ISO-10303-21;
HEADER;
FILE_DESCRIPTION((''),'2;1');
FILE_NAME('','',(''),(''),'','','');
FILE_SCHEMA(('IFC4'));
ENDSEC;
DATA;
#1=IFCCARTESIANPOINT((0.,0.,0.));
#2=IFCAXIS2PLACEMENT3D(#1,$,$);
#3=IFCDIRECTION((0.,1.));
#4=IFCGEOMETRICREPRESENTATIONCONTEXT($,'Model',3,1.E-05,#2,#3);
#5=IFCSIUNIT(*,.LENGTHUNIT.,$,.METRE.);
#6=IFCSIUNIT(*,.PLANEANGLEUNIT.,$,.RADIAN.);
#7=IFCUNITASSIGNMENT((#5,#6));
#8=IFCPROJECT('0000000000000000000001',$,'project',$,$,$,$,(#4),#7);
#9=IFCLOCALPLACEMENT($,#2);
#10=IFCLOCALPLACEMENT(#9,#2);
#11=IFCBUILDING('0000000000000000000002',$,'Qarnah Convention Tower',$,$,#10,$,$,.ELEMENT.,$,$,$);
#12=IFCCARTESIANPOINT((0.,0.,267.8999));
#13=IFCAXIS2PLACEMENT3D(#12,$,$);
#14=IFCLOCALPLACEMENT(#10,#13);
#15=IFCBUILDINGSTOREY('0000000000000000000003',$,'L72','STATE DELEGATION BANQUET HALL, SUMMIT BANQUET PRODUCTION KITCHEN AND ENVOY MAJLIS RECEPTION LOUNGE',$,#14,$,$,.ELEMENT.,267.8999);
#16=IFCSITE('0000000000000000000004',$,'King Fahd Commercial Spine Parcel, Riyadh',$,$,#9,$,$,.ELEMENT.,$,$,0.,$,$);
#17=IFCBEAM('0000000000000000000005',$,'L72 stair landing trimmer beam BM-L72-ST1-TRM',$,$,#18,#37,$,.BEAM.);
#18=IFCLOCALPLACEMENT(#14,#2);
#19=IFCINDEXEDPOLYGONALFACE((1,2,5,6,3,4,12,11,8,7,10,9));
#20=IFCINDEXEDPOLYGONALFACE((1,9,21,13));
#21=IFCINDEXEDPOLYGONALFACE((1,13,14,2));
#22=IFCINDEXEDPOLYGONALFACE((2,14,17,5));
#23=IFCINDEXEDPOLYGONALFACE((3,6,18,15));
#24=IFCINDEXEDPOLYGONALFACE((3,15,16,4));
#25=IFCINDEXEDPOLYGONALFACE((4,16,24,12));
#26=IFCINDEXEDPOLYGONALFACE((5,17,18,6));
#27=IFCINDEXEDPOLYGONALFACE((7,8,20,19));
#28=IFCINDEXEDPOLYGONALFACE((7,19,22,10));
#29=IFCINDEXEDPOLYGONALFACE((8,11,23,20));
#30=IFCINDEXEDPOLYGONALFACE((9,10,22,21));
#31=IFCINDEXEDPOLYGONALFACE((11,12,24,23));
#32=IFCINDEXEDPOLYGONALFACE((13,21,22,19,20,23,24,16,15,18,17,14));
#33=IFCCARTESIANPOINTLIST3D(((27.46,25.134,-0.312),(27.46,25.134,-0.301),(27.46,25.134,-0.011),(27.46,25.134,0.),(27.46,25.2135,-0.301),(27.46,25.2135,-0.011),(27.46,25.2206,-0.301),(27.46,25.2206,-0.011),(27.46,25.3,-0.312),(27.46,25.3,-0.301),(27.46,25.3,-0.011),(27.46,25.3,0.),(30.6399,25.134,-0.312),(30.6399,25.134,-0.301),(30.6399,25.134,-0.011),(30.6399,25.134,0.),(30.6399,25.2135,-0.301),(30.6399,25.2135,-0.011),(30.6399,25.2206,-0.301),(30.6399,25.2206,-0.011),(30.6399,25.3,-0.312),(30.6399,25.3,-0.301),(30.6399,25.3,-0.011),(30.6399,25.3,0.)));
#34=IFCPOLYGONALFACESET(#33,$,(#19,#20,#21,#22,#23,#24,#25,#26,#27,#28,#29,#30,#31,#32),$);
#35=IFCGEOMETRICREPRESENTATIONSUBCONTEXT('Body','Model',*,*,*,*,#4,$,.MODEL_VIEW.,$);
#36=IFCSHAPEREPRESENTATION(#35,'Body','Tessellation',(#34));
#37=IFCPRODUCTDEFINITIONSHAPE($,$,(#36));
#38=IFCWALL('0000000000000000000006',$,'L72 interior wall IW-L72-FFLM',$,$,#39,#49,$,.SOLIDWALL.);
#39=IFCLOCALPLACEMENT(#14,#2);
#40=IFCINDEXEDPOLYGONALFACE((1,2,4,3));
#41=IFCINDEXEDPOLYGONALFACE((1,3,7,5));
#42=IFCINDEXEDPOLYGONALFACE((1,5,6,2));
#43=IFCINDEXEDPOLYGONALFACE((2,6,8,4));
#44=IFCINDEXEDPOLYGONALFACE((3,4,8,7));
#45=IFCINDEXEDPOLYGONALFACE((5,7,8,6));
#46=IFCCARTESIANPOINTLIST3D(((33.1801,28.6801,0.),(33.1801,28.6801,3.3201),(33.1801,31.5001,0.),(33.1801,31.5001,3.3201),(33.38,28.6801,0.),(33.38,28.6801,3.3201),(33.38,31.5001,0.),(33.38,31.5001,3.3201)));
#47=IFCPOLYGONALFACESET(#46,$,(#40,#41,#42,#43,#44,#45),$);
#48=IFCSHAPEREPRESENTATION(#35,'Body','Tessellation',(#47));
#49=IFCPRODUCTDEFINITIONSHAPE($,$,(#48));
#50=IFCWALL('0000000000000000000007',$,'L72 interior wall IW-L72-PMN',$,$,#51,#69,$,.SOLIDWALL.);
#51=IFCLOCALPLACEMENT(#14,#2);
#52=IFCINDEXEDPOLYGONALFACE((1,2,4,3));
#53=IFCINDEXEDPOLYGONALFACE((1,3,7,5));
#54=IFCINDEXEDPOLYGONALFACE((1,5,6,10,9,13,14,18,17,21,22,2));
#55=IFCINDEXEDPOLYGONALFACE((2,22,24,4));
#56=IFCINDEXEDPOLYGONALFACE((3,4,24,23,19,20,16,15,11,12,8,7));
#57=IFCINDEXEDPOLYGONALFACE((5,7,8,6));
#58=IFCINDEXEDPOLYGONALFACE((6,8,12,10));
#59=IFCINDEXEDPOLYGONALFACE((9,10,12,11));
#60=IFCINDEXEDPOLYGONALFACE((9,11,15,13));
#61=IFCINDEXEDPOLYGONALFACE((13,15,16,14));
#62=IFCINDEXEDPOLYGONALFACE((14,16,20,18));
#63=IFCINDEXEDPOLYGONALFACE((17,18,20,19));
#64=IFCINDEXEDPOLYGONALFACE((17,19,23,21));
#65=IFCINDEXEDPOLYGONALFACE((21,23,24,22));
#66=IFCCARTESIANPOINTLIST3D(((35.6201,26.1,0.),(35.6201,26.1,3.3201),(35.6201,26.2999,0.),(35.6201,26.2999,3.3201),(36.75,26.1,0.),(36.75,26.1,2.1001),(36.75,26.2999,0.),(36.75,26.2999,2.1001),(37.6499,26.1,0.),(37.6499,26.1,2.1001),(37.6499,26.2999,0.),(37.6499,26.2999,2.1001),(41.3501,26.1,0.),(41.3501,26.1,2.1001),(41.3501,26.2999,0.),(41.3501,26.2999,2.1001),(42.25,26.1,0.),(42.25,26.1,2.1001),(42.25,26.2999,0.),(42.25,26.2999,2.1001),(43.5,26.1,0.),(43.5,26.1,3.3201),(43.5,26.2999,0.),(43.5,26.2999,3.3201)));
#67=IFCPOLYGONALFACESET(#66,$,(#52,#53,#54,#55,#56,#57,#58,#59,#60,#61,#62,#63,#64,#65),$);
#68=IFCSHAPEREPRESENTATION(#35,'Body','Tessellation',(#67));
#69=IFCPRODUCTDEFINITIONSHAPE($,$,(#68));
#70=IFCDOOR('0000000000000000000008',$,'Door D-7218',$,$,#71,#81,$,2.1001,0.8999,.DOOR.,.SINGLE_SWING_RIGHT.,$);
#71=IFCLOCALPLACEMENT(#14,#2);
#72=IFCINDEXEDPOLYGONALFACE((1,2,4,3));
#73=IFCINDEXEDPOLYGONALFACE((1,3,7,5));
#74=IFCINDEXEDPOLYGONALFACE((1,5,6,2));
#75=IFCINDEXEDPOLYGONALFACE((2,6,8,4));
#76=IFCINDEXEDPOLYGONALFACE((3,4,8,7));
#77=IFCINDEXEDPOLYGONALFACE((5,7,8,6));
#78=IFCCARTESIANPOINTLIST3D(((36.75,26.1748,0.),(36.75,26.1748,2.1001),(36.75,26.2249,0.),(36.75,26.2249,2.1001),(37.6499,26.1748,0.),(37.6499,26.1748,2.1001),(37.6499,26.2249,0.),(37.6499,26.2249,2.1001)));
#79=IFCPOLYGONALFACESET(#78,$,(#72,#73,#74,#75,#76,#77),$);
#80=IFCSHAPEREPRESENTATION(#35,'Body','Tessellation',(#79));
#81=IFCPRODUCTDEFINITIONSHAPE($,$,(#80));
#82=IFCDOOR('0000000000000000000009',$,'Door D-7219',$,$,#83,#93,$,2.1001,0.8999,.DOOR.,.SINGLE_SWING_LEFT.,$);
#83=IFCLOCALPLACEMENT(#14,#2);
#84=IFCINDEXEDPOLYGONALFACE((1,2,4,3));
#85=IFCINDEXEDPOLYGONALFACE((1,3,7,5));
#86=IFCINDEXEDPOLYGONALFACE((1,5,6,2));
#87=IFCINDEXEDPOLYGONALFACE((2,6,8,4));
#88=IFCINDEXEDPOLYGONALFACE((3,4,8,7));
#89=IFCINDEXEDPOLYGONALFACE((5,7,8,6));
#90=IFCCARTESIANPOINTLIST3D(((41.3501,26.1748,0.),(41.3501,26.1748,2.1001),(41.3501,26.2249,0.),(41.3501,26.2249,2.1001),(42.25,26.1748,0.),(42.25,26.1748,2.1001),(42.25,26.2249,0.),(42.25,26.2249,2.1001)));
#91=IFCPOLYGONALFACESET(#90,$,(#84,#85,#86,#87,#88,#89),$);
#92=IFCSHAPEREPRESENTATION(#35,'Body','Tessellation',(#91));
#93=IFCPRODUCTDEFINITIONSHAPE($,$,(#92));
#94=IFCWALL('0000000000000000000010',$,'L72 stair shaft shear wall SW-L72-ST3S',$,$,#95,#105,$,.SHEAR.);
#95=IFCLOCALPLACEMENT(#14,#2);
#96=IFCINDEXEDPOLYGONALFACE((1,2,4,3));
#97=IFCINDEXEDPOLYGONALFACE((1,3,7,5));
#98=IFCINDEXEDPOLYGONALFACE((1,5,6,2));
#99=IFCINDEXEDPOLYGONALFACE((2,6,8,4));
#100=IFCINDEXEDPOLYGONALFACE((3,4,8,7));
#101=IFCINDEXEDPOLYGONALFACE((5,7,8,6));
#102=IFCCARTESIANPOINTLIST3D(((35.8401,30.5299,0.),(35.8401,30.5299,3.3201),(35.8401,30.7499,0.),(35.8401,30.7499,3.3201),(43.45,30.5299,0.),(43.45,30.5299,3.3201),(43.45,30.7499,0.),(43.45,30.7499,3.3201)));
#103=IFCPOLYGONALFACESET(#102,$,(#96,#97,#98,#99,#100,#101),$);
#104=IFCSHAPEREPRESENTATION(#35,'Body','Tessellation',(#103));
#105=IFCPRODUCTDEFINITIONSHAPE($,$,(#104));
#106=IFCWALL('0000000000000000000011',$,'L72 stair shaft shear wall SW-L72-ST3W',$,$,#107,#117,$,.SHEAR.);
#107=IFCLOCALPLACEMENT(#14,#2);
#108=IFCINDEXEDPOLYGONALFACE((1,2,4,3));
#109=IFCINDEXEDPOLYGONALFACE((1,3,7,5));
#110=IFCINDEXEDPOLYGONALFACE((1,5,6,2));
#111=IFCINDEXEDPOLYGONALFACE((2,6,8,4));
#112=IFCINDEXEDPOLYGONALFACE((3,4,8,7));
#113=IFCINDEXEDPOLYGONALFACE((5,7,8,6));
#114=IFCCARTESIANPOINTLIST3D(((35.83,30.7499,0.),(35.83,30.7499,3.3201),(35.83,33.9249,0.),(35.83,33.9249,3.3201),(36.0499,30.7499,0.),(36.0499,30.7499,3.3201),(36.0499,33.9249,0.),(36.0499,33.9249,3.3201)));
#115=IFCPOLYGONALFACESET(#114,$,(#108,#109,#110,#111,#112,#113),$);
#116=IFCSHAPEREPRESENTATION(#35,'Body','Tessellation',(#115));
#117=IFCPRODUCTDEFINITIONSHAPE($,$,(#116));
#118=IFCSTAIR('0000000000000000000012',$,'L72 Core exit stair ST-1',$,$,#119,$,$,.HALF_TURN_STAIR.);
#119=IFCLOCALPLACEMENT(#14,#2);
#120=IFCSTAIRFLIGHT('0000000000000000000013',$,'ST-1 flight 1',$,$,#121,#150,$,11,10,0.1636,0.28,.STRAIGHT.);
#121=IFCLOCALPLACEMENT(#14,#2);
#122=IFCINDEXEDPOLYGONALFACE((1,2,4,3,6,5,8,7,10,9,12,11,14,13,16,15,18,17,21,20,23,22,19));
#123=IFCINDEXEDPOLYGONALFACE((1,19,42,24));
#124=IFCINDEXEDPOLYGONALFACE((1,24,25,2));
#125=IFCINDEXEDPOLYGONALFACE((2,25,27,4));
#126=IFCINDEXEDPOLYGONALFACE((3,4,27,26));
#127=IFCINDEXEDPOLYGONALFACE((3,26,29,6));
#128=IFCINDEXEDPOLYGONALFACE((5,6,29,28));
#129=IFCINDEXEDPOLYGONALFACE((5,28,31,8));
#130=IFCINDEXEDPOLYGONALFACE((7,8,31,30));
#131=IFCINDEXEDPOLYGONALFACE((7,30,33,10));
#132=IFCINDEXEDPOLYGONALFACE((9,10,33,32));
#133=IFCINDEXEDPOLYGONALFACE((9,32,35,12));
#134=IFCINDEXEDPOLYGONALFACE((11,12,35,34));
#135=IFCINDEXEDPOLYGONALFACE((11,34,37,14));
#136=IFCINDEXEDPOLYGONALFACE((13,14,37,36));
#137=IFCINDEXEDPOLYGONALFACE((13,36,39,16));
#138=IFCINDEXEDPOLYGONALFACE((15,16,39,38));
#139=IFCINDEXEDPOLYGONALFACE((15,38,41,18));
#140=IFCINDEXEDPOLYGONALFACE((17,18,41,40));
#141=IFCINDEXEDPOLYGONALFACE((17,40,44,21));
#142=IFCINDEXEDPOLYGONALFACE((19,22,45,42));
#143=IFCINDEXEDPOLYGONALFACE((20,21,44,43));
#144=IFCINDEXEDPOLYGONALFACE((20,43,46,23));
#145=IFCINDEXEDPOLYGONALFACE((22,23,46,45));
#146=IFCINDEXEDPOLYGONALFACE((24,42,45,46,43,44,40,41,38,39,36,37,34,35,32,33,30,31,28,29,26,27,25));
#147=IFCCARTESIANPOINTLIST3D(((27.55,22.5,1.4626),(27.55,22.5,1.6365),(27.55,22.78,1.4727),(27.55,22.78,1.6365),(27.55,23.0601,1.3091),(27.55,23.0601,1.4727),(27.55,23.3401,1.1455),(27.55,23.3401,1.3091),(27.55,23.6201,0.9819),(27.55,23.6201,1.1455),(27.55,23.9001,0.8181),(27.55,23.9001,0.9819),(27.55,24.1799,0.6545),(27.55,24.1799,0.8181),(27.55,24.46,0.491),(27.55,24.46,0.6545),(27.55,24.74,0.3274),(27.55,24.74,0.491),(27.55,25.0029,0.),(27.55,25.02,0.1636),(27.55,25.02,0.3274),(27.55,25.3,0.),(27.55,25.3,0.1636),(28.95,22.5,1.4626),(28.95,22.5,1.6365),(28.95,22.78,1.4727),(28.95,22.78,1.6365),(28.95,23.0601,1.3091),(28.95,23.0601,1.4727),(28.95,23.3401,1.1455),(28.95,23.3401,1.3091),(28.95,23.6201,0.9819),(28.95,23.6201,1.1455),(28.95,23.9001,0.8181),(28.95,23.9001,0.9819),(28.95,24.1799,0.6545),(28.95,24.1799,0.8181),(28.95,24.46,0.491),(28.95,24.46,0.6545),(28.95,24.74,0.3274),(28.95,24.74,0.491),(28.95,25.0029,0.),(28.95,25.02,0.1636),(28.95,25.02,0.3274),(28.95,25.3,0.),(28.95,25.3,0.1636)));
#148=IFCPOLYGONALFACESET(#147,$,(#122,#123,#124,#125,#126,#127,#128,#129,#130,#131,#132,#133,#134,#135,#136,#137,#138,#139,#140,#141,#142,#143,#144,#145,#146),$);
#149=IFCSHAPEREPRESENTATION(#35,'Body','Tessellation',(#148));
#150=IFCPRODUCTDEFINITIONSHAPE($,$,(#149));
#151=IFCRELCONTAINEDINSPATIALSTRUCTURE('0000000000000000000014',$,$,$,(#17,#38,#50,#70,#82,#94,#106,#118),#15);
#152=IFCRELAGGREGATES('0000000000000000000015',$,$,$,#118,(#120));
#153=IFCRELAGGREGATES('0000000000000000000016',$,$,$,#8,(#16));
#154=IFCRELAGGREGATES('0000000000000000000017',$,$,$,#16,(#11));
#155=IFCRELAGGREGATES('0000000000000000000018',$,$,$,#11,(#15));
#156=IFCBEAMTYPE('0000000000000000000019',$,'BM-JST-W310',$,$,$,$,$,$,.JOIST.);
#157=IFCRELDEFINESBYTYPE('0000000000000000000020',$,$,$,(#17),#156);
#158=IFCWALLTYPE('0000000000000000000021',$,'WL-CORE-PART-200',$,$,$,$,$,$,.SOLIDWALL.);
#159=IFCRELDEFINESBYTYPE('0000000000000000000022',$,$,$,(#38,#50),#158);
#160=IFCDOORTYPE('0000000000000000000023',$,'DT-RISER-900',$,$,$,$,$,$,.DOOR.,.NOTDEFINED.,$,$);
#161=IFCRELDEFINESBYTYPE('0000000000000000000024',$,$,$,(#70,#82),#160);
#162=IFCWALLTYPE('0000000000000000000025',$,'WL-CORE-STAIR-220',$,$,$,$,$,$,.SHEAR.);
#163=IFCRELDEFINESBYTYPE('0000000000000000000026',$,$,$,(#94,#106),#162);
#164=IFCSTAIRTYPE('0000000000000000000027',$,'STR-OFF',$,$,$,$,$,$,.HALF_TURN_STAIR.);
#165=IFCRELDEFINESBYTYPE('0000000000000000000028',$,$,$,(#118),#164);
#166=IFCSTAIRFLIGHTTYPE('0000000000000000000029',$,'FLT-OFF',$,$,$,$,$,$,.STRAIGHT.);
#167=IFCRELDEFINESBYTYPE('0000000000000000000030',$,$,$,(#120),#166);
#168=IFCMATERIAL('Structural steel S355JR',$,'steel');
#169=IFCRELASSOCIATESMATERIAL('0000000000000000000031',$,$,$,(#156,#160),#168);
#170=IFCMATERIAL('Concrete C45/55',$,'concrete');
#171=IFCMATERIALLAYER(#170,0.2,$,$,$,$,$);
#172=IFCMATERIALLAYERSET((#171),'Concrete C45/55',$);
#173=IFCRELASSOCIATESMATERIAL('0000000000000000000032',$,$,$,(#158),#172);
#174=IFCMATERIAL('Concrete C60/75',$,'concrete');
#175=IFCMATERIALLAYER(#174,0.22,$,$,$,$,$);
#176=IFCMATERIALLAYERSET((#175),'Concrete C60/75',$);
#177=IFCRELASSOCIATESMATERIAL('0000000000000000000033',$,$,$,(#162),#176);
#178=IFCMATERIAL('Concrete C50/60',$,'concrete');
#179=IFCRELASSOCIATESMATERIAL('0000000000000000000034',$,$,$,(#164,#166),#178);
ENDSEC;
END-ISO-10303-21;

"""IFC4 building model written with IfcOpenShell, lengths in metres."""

from ifc_helpers import new_model, si_unit, direction, frame, frame_2d, origin, origin_2d, place, context, subcontext, project, spatial, polyline, rectangle, i_section, outline, extrude, material, layer, layer_set, material_profile, profile_set, type_object, element, fill, aggregate, save


model = new_model("IFC4")

# Units and contexts
model_context = context("Model", 3, precision=1e-05, world=origin(), true_north=direction((0.0, 1.0)))
body_context = subcontext(model_context, "Body", "Model", "MODEL_VIEW")
ifc_project = project(units=[si_unit("LENGTHUNIT", "METRE"), si_unit("PLANEANGLEUNIT", "RADIAN")], contexts=[model_context])

# Site, building, storey
site_placement = place(None, origin())
site = spatial("IfcSite", under=ifc_project, at=site_placement, Name="King Fahd Commercial Spine Parcel, Riyadh", CompositionType="ELEMENT", RefElevation=0.0)
building_placement = place(site_placement, origin())
building = spatial("IfcBuilding", under=site, at=building_placement, Name="Qarnah Convention Tower", CompositionType="ELEMENT")
storey_placement = place(building_placement, frame((0.0, 0.0, 267.8999)))
storey = spatial("IfcBuildingStorey", under=building, at=storey_placement, Name="L72", Description="STATE DELEGATION BANQUET HALL, SUMMIT BANQUET PRODUCTION KITCHEN AND ENVOY MAJLIS RECEPTION LOUNGE", CompositionType="ELEMENT", Elevation=267.8999)

# Beam
ifc_material_1 = material(Name="Structural steel S355JR", Category="steel")
ifc_material_profile = material_profile(ifc_material_1, i_section(OverallWidth=0.166, OverallDepth=0.312, WebThickness=0.0071, FlangeThickness=0.011, at=origin_2d()), Name="W310X45")
ifc_profile_set = profile_set([ifc_material_profile], Name="Structural steel S355JR")
beam_type = type_object("IfcBeamType", Name="BM-JST-W310", PredefinedType="JOIST", material=ifc_profile_set)
beam_placement = place(storey_placement, frame((27.46, 25.217, -0.156), z_axis=(1.0, 0.0, 0.0), x_axis=(0.0, 1.0, 0.0)))
element("IfcBeam", 1, at=beam_placement, inside=storey, type_object=beam_type, Name="L72 stair landing trimmer beam BM-L72-ST1-TRM", PredefinedType="BEAM", context=body_context, shape_type="SweptSolid", body=[
    extrude(i_section(OverallWidth=0.166, OverallDepth=0.312, WebThickness=0.0071, FlangeThickness=0.011, at=origin_2d()), origin(), (0.0, 0.0, 1.0), 3.1799),
])

# Shared definitions
ifc_material_2 = material(Name="Concrete C45/55", Category="concrete")
ifc_layer_1 = layer(ifc_material_2, 0.2)
ifc_layer_set_1 = layer_set([ifc_layer_1], Name="Concrete C45/55")
wall_type_1 = type_object("IfcWallType", Name="WL-CORE-PART-200", PredefinedType="SOLIDWALL", material=ifc_layer_set_1)

# Wall
wall_1_placement = place(storey_placement, frame((33.28, 28.6799, 0.0), z_axis=(0.0, 0.0, 1.0), x_axis=(0.0, 1.0, 0.0)))
element("IfcWall", 2, at=wall_1_placement, inside=storey, type_object=wall_type_1, Name="L72 interior wall IW-L72-FFLM", PredefinedType="SOLIDWALL", context=body_context, shape_type="SweptSolid", body=[
    extrude(rectangle(XDim=2.8201, YDim=0.2, at=frame_2d((1.4102, 0.0))), origin(), (0.0, 0.0, 1.0), 3.3201),
])

# Wall, openings, doors
door_type_1 = type_object("IfcDoorType", Name="DT-RISER-900", OperationType="NOTDEFINED", PredefinedType="DOOR", material=ifc_material_1)
wall_2_placement = place(storey_placement, frame((35.6201, 26.2, 0.0), z_axis=(0.0, 0.0, 1.0), x_axis=(1.0, 0.0, 0.0)))
wall_2 = element("IfcWall", 3, at=wall_2_placement, inside=storey, type_object=wall_type_1, Name="L72 interior wall IW-L72-PMN", PredefinedType="SOLIDWALL", context=body_context, shape_type="SweptSolid", body=[
    extrude(rectangle(XDim=7.8799, YDim=0.2, at=frame_2d((3.9399, 0.0))), origin(), (0.0, 0.0, 1.0), 3.3201),
])
opening_1_placement = place(wall_2_placement, frame((1.1299, 0.0, 0.0)))
opening_1 = element("IfcOpeningElement", 4, at=opening_1_placement, cuts=wall_2, PredefinedType="OPENING", context=body_context, shape_type="SweptSolid", body=[
    extrude(rectangle(XDim=0.8999, YDim=2.1001, at=frame_2d((0.45, 1.05))), frame((0.0, 0.1099, 0.0), z_axis=(0.0, -1.0, 0.0), x_axis=(1.0, 0.0, 0.0)), (0.0, 0.0, 1.0), 0.22),
])
opening_2_placement = place(wall_2_placement, frame((5.73, 0.0, 0.0)))
opening_2 = element("IfcOpeningElement", 5, at=opening_2_placement, cuts=wall_2, PredefinedType="OPENING", context=body_context, shape_type="SweptSolid", body=[
    extrude(rectangle(XDim=0.8999, YDim=2.1001, at=frame_2d((0.45, 1.05))), frame((0.0, 0.1099, 0.0), z_axis=(0.0, -1.0, 0.0), x_axis=(1.0, 0.0, 0.0)), (0.0, 0.0, 1.0), 0.22),
])
door_1_placement = place(opening_1_placement, origin())
door_1 = element("IfcDoor", 6, at=door_1_placement, inside=storey, type_object=door_type_1, Name="Door D-7218", OperationType="SINGLE_SWING_RIGHT", OverallHeight=2.1001, OverallWidth=0.8999, PredefinedType="DOOR", context=body_context, shape_type="SweptSolid", body=[
    extrude(rectangle(XDim=0.8999, YDim=2.1001, at=frame_2d((0.45, 1.05))), frame((0.0, 0.0249, 0.0), z_axis=(0.0, -1.0, 0.0), x_axis=(1.0, 0.0, 0.0)), (0.0, 0.0, 1.0), 0.05),
])
fill(opening_1, door_1)
door_2_placement = place(opening_2_placement, origin())
door_2 = element("IfcDoor", 7, at=door_2_placement, inside=storey, type_object=door_type_1, Name="Door D-7219", OperationType="SINGLE_SWING_LEFT", OverallHeight=2.1001, OverallWidth=0.8999, PredefinedType="DOOR", context=body_context, shape_type="SweptSolid", body=[
    extrude(rectangle(XDim=0.8999, YDim=2.1001, at=frame_2d((0.45, 1.05))), frame((0.0, 0.0249, 0.0), z_axis=(0.0, -1.0, 0.0), x_axis=(1.0, 0.0, 0.0)), (0.0, 0.0, 1.0), 0.05),
])
fill(opening_2, door_2)

# Walls
ifc_material_3 = material(Name="Concrete C60/75", Category="concrete")
ifc_layer_2 = layer(ifc_material_3, 0.22)
ifc_layer_set_2 = layer_set([ifc_layer_2], Name="Concrete C60/75")
wall_type_2 = type_object("IfcWallType", Name="WL-CORE-STAIR-220", PredefinedType="SHEAR", material=ifc_layer_set_2)
wall_3_placement = place(storey_placement, frame((35.8401, 30.6399, 0.0), z_axis=(0.0, 0.0, 1.0), x_axis=(1.0, 0.0, 0.0)))
element("IfcWall", 8, at=wall_3_placement, inside=storey, type_object=wall_type_2, Name="L72 stair shaft shear wall SW-L72-ST3S", PredefinedType="SHEAR", context=body_context, shape_type="SweptSolid", body=[
    extrude(rectangle(XDim=7.6099, YDim=0.22, at=frame_2d((3.8049, 0.0))), origin(), (0.0, 0.0, 1.0), 3.3201),
])
wall_4_placement = place(storey_placement, frame((35.9399, 30.75, 0.0), z_axis=(0.0, 0.0, 1.0), x_axis=(0.0, 1.0, 0.0)))
element("IfcWall", 9, at=wall_4_placement, inside=storey, type_object=wall_type_2, Name="L72 stair shaft shear wall SW-L72-ST3W", PredefinedType="SHEAR", context=body_context, shape_type="SweptSolid", body=[
    extrude(rectangle(XDim=3.175, YDim=0.22, at=frame_2d((1.5874, 0.0))), origin(), (0.0, 0.0, 1.0), 3.3201),
])

# Stair, stair flight
ifc_material_4 = material(Name="Concrete C50/60", Category="concrete")
stair_type = type_object("IfcStairType", Name="STR-OFF", PredefinedType="HALF_TURN_STAIR", material=ifc_material_4)
stair_placement = place(storey_placement, origin())
stair = element("IfcStair", 10, at=stair_placement, inside=storey, type_object=stair_type, Name="L72 Core exit stair ST-1", PredefinedType="HALF_TURN_STAIR")
stair_flight_type = type_object("IfcStairFlightType", Name="FLT-OFF", PredefinedType="STRAIGHT", material=ifc_material_4)
stair_flight_placement = place(storey_placement, frame((28.25, 25.3, 0.0), z_axis=(0.0, 0.0, 1.0), x_axis=(0.0, -1.0, 0.0)))
stair_flight = element("IfcStairFlight", 11, at=stair_flight_placement, type_object=stair_flight_type, Name="ST-1 flight 1", NumberOfRisers=11, NumberOfTreads=10, PredefinedType="STRAIGHT", RiserHeight=0.1636, TreadLength=0.28, context=body_context, shape_type="SweptSolid", body=[
    extrude(outline(polyline([(0.0, 0.0), (0.0, 0.1636), (0.28, 0.1636), (0.28, 0.3274), (0.5601, 0.3274), (0.5601, 0.491), (0.8401, 0.491), (0.8401, 0.6545), (1.1201, 0.6545), (1.1201, 0.8181), (1.3999, 0.8181), (1.3999, 0.9819), (1.6799, 0.9819), (1.6799, 1.1455), (1.96, 1.1455), (1.96, 1.3091), (2.24, 1.3091), (2.24, 1.4727), (2.52, 1.4727), (2.52, 1.6365), (2.8, 1.6365), (2.8, 1.8), (2.8, 1.4626), (0.2971, 0.0), (0.0, 0.0)])), frame((0.0, 0.7, 0.0), z_axis=(0.0, -1.0, 0.0), x_axis=(1.0, 0.0, 0.0)), (0.0, 0.0, 1.0), 1.3999),
])
aggregate(stair, [stair_flight])

save(model, "model.ifc")
